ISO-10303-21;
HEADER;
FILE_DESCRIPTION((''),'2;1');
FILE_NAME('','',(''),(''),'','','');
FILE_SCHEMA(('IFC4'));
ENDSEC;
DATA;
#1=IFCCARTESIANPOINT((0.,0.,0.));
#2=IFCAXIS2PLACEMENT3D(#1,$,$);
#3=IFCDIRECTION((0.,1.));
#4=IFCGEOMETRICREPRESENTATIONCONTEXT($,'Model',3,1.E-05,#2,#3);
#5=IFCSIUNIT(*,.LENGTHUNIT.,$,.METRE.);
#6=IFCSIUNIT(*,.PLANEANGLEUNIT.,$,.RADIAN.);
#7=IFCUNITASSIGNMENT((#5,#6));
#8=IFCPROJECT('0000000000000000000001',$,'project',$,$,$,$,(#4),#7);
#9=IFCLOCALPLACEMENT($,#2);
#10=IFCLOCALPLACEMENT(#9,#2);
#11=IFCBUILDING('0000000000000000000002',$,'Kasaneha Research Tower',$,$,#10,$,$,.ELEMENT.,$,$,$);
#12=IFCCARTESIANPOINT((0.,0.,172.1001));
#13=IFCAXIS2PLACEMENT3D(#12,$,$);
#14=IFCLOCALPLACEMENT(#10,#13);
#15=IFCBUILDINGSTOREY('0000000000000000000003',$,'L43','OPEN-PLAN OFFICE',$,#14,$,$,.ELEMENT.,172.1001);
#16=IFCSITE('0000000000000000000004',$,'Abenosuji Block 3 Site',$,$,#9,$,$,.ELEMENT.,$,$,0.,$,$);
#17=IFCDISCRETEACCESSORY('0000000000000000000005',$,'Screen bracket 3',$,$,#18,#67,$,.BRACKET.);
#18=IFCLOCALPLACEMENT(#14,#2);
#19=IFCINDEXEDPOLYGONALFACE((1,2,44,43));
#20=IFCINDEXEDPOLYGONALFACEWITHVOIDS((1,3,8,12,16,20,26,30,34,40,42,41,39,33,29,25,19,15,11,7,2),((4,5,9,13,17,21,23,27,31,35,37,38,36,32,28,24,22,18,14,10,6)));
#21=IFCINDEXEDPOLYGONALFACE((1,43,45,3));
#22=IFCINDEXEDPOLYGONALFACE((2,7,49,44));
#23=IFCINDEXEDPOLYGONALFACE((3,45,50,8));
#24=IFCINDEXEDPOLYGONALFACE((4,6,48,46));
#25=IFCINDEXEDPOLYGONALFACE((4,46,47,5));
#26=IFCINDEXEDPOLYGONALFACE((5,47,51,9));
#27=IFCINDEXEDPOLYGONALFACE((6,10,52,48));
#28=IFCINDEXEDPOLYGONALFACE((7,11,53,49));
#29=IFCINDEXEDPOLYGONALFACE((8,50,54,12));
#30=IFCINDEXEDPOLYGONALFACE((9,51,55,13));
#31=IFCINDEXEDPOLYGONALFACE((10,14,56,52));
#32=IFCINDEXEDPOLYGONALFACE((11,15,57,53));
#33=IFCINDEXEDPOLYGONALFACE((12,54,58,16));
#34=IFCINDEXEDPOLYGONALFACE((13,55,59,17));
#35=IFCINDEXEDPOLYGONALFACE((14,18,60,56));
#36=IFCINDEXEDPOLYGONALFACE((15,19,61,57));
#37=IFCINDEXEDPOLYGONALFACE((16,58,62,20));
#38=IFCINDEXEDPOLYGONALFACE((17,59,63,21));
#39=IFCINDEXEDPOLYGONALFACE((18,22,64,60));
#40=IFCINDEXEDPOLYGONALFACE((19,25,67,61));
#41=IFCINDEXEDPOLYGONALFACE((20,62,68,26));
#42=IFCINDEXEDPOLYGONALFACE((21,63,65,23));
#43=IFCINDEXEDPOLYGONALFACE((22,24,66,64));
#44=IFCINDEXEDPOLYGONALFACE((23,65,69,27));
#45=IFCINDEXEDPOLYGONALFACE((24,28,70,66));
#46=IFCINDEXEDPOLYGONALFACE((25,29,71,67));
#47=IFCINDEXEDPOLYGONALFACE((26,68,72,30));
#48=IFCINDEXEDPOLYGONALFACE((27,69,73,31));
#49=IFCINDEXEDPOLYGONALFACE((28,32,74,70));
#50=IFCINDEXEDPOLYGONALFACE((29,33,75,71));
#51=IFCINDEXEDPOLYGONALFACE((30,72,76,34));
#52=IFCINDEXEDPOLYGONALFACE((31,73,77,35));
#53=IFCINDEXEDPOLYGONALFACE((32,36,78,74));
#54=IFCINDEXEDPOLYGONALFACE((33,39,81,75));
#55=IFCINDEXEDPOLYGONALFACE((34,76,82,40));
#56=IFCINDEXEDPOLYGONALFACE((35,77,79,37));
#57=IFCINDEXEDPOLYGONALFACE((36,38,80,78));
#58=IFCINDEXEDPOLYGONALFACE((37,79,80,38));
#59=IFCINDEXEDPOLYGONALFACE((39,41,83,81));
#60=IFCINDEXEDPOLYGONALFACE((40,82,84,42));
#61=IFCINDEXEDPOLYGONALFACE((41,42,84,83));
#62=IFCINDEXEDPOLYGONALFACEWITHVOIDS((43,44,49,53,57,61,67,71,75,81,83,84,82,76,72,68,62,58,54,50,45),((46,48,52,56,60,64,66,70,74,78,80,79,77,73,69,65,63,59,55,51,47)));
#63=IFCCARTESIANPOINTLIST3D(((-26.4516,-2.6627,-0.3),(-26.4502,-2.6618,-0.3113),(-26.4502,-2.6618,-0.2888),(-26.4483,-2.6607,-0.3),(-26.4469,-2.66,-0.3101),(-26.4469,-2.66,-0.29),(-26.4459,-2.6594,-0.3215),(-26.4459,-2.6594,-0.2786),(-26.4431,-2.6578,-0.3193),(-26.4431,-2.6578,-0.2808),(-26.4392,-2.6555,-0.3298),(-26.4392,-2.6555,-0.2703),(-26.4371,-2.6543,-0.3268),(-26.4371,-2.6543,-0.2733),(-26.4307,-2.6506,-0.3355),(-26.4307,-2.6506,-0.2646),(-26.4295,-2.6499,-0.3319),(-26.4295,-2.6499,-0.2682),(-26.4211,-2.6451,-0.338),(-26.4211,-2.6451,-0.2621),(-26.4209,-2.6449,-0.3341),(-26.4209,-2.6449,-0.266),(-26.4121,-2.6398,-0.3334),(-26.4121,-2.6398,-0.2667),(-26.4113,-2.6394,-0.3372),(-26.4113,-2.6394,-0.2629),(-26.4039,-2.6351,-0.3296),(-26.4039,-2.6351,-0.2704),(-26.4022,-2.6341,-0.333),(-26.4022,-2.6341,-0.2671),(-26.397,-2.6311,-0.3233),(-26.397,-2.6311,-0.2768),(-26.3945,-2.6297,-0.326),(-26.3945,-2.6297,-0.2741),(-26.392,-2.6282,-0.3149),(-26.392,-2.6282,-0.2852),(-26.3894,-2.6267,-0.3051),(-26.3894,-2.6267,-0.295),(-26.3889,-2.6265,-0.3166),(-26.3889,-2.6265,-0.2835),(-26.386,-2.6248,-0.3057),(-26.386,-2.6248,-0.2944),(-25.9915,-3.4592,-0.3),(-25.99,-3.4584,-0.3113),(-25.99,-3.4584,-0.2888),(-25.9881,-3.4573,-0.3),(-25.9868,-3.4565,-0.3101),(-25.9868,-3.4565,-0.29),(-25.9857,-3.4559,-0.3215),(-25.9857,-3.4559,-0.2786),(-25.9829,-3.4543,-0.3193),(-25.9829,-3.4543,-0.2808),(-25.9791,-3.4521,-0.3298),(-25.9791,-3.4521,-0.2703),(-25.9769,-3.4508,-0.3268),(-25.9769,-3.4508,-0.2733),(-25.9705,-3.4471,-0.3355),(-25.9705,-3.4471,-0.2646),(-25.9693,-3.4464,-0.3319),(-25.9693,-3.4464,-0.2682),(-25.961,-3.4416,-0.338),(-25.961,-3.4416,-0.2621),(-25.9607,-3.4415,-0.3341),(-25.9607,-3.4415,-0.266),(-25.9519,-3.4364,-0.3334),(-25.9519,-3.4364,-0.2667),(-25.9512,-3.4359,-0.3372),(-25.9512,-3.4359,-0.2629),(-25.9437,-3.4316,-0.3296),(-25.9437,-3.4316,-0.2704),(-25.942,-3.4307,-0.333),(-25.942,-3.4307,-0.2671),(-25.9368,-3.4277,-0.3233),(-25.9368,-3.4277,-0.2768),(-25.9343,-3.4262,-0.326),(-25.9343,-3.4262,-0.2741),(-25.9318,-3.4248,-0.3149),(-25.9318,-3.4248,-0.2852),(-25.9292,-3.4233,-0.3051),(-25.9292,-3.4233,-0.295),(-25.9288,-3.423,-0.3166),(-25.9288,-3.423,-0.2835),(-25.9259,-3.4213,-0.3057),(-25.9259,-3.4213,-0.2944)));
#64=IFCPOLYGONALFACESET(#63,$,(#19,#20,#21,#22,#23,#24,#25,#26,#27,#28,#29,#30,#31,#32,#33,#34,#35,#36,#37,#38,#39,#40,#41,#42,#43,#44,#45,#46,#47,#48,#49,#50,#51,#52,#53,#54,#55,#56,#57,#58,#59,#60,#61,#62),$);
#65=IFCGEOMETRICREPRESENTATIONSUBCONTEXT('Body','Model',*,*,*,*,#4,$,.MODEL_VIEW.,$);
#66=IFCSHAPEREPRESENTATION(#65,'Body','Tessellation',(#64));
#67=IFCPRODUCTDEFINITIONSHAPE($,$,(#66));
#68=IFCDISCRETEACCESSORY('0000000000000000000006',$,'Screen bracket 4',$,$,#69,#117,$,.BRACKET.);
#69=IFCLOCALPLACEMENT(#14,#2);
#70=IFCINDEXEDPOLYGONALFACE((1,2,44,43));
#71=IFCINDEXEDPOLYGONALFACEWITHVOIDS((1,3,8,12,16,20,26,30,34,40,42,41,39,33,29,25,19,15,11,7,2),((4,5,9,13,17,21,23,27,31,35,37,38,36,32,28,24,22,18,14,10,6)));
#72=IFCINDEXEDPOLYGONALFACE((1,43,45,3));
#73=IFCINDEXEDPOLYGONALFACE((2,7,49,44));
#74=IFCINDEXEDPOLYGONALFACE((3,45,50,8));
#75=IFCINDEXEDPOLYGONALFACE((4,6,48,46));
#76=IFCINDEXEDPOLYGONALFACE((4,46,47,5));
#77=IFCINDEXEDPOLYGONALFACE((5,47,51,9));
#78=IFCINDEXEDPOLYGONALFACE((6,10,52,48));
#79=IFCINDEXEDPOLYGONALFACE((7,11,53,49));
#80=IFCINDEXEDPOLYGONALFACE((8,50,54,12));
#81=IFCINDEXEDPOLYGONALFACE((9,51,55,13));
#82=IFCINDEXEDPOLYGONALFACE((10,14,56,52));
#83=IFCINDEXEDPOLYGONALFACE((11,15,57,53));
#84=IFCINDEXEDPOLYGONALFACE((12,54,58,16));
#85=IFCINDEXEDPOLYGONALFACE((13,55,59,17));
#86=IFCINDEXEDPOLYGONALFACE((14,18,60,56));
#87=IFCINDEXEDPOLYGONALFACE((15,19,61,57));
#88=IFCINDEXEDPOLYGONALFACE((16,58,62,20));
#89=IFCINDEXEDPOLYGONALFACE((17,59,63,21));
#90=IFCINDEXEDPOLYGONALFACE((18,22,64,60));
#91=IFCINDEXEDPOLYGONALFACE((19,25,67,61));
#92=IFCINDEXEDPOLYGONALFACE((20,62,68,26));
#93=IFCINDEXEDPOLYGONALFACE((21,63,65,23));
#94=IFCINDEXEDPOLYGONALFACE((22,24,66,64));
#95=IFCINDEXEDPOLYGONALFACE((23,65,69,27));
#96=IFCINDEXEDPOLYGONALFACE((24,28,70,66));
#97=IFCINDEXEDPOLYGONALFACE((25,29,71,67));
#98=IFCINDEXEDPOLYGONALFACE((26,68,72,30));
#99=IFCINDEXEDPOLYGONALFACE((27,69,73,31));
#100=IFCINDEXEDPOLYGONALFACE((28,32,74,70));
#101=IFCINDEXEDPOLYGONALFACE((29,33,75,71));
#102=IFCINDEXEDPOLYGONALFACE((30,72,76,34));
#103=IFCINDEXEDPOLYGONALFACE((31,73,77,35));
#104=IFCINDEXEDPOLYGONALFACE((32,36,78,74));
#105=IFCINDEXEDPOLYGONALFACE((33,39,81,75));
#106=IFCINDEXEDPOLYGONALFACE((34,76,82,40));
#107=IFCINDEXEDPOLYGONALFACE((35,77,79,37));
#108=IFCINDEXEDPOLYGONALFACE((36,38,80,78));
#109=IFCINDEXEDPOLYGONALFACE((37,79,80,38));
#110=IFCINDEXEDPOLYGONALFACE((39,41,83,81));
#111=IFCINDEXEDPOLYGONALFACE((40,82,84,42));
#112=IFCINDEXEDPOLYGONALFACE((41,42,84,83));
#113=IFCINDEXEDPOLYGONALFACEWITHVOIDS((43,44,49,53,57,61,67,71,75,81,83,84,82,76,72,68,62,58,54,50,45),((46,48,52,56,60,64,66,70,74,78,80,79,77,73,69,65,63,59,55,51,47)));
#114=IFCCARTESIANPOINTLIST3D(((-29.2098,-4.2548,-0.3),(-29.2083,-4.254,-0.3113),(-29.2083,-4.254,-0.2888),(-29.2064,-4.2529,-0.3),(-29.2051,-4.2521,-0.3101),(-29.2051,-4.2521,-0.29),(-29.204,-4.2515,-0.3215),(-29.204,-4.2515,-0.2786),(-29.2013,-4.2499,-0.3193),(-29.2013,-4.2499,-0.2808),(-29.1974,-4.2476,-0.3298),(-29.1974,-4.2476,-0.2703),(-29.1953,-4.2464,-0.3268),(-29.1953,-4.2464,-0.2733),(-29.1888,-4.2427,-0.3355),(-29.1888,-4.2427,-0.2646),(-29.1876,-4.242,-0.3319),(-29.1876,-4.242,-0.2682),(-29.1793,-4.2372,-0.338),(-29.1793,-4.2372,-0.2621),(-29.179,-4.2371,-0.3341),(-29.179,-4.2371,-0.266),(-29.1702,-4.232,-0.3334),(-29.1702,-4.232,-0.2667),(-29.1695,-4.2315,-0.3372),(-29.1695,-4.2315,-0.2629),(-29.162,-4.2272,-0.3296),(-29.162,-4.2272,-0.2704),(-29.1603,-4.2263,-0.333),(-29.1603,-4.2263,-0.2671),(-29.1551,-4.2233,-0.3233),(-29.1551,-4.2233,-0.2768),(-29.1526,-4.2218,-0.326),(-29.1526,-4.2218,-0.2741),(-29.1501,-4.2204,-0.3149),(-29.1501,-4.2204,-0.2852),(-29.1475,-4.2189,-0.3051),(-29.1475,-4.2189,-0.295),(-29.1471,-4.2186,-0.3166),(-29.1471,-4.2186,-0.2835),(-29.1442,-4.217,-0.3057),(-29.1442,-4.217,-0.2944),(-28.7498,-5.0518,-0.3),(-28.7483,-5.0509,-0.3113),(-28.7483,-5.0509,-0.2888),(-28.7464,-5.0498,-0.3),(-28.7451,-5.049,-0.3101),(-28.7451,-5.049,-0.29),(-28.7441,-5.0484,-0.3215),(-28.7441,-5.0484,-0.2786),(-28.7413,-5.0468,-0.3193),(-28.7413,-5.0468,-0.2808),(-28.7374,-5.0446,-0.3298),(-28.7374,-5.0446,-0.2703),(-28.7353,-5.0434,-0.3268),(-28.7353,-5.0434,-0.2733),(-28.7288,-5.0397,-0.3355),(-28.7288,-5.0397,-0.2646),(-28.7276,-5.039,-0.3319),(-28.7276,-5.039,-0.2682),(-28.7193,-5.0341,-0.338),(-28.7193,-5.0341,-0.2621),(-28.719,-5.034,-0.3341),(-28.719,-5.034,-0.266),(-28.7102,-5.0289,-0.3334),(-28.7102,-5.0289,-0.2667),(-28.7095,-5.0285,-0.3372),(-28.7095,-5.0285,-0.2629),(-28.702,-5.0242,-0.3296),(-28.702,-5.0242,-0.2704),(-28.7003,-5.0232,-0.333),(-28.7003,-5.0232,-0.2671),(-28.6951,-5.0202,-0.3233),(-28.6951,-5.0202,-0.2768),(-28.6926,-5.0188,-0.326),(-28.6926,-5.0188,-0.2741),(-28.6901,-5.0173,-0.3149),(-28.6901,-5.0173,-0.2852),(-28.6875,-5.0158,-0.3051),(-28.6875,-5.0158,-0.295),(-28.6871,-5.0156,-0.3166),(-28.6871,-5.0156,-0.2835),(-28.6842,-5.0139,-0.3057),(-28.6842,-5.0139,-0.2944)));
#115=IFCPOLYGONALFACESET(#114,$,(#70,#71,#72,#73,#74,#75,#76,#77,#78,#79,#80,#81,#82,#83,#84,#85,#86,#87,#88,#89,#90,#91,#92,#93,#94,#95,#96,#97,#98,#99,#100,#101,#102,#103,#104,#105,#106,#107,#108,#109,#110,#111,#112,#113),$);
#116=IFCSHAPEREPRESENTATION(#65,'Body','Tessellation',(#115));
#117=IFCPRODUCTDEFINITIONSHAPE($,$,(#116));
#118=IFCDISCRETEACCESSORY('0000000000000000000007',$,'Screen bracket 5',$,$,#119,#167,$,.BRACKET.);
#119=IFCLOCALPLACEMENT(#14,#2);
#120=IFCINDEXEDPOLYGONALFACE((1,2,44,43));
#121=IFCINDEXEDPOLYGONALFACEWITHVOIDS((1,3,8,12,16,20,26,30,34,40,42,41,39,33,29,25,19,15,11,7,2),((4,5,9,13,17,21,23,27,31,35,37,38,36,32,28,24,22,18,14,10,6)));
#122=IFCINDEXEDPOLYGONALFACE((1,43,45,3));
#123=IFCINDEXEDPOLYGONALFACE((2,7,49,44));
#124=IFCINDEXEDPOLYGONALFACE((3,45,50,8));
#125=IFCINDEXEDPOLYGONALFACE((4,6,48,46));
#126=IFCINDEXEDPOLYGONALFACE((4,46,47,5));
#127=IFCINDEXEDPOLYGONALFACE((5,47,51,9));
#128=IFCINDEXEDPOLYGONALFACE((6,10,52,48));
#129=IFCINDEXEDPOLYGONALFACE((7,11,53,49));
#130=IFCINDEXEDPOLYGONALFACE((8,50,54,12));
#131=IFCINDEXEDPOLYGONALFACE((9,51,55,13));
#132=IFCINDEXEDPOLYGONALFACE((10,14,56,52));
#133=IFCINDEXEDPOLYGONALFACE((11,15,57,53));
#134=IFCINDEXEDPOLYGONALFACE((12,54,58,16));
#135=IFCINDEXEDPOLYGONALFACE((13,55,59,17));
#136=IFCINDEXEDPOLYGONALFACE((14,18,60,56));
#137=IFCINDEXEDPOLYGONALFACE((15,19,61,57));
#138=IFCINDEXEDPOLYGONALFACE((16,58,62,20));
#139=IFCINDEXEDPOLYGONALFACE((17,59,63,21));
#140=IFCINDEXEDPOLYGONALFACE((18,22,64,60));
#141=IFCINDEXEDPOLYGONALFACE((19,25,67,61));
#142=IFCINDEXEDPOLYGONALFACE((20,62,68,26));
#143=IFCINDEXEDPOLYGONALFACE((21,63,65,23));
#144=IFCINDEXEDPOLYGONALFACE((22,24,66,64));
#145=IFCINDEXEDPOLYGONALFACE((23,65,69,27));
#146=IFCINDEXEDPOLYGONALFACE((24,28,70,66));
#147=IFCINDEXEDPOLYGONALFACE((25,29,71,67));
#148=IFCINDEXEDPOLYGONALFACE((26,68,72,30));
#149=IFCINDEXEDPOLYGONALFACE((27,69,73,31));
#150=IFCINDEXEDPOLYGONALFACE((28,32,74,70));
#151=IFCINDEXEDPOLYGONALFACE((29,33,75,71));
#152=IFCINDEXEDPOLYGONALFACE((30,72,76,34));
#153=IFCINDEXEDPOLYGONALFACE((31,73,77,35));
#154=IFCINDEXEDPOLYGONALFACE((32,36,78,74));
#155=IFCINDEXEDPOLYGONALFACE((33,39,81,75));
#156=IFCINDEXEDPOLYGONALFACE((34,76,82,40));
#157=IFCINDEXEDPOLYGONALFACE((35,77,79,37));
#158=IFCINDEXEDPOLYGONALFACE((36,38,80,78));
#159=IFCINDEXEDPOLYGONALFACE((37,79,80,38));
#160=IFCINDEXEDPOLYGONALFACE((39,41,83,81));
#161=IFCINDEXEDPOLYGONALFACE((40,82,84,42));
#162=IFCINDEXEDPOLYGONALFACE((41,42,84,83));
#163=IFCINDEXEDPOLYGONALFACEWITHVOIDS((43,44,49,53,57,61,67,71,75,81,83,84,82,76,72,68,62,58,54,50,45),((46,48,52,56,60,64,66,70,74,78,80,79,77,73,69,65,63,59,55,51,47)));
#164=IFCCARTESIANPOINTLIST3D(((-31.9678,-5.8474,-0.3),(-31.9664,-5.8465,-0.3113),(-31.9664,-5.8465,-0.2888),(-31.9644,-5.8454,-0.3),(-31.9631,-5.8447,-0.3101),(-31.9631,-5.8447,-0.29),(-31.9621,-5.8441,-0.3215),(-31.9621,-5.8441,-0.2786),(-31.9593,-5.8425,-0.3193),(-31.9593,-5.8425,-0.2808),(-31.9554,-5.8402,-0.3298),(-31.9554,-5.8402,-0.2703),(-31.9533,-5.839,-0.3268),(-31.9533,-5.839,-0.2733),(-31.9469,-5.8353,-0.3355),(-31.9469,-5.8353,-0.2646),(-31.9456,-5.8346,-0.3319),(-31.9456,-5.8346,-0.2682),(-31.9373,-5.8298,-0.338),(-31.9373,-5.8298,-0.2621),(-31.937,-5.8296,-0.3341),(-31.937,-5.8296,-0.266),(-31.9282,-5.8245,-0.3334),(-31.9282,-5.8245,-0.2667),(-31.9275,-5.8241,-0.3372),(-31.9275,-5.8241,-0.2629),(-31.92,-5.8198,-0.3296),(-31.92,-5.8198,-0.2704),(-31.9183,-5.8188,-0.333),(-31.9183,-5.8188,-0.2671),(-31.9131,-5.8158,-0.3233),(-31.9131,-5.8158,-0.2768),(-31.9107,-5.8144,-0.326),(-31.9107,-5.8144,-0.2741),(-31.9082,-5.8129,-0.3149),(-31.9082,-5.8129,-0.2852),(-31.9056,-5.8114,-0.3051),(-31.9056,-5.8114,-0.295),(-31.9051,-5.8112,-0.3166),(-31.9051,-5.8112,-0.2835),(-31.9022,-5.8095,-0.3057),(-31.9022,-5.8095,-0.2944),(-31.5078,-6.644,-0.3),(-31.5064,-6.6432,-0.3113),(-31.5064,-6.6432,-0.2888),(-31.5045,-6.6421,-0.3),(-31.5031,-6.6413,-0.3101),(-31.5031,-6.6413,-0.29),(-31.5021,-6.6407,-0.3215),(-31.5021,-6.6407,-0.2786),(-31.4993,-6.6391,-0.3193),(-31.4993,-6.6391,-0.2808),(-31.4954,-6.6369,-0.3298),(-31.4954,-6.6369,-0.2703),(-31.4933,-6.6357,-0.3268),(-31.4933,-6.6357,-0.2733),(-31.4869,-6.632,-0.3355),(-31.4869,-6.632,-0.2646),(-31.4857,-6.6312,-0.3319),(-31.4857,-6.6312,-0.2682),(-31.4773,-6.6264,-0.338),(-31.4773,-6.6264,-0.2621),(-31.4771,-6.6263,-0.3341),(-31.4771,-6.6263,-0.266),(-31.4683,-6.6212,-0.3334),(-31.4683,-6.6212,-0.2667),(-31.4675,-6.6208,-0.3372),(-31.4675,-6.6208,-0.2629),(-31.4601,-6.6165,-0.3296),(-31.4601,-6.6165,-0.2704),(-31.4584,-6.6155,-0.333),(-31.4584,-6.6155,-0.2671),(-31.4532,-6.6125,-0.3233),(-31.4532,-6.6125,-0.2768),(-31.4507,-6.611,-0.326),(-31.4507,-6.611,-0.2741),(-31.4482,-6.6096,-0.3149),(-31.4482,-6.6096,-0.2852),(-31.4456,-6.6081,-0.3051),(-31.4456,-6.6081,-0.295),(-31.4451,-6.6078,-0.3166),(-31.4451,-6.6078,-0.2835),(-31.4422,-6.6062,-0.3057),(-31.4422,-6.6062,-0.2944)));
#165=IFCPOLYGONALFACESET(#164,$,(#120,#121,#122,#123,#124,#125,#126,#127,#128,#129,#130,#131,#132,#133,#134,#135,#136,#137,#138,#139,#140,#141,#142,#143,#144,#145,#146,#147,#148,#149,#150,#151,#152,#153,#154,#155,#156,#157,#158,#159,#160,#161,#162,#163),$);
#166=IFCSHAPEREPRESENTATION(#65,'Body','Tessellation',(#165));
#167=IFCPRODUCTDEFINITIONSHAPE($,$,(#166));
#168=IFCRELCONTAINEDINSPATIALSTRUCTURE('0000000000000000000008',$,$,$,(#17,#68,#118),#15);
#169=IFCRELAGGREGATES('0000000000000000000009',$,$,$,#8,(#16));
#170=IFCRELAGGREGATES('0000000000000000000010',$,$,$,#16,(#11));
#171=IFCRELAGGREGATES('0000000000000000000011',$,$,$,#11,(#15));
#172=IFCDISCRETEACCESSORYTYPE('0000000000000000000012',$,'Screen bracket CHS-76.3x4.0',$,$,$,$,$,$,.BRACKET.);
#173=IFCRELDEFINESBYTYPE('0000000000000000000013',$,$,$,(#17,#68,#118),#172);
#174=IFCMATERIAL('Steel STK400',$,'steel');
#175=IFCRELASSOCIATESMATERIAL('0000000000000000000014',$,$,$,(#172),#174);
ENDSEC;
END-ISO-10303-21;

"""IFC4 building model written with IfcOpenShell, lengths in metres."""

from ifc_helpers import new_model, si_unit, direction, frame, origin, origin_2d, place, context, subcontext, project, spatial, hollow_circle, extrude, material, material_profile, profile_set, type_object, element, save


model = new_model("IFC4")

# Units and contexts
model_context = context("Model", 3, precision=1e-05, world=origin(), true_north=direction((0.0, 1.0)))
body_context = subcontext(model_context, "Body", "Model", "MODEL_VIEW")
ifc_project = project(units=[si_unit("LENGTHUNIT", "METRE"), si_unit("PLANEANGLEUNIT", "RADIAN")], contexts=[model_context])

# Site, building, storey
site_placement = place(None, origin())
site = spatial("IfcSite", under=ifc_project, at=site_placement, Name="Abenosuji Block 3 Site", CompositionType="ELEMENT", RefElevation=0.0)
building_placement = place(site_placement, origin())
building = spatial("IfcBuilding", under=site, at=building_placement, Name="Kasaneha Research Tower", CompositionType="ELEMENT")
storey_placement = place(building_placement, frame((0.0, 0.0, 172.1001)))
storey = spatial("IfcBuildingStorey", under=building, at=storey_placement, Name="L43", Description="OPEN-PLAN OFFICE", CompositionType="ELEMENT", Elevation=172.1001)

# Discrete accessories
ifc_material_1 = material(Name="Steel STK400", Category="steel")
ifc_material_profile_1 = material_profile(ifc_material_1, hollow_circle(Radius=0.0381, WallThickness=0.0039, at=origin_2d()), Name="CHS-76.3x4.0")
ifc_profile_set_1 = profile_set([ifc_material_profile_1], Name="Steel STK400")
discrete_accessory_type = type_object("IfcDiscreteAccessoryType", Name="Screen bracket CHS-76.3x4.0", PredefinedType="BRACKET", material=ifc_profile_set_1)
discrete_accessory_1_placement = place(storey_placement, frame((-25.9585, -3.4402, -0.3), z_axis=(-0.50022, 0.865898, 0.0), x_axis=(-0.865898, -0.50022, 0.0)))
element("IfcDiscreteAccessory", 1, at=discrete_accessory_1_placement, inside=storey, type_object=discrete_accessory_type, Name="Screen bracket 3", PredefinedType="BRACKET", context=body_context, shape_type="SweptSolid", body=[
    extrude(hollow_circle(Radius=0.0381, WallThickness=0.0039, at=origin_2d()), origin(), (0.0, 0.0, 1.0), 0.9199),
])
discrete_accessory_2_placement = place(storey_placement, frame((-28.7168, -5.0327, -0.3), z_axis=(-0.499906, 0.86608, 0.0), x_axis=(-0.86608, -0.499906, 0.0)))
element("IfcDiscreteAccessory", 2, at=discrete_accessory_2_placement, inside=storey, type_object=discrete_accessory_type, Name="Screen bracket 4", PredefinedType="BRACKET", context=body_context, shape_type="SweptSolid", body=[
    extrude(hollow_circle(Radius=0.0381, WallThickness=0.0039, at=origin_2d()), origin(), (0.0, 0.0, 1.0), 0.9202),
])
discrete_accessory_3_placement = place(storey_placement, frame((-31.4749, -6.625, -0.3), z_axis=(-0.500021, 0.866013, 0.0), x_axis=(-0.866013, -0.500021, 0.0)))
element("IfcDiscreteAccessory", 3, at=discrete_accessory_3_placement, inside=storey, type_object=discrete_accessory_type, Name="Screen bracket 5", PredefinedType="BRACKET", context=body_context, shape_type="SweptSolid", body=[
    extrude(hollow_circle(Radius=0.0381, WallThickness=0.0039, at=origin_2d()), origin(), (0.0, 0.0, 1.0), 0.9199),
])

save(model, "model.ifc")
